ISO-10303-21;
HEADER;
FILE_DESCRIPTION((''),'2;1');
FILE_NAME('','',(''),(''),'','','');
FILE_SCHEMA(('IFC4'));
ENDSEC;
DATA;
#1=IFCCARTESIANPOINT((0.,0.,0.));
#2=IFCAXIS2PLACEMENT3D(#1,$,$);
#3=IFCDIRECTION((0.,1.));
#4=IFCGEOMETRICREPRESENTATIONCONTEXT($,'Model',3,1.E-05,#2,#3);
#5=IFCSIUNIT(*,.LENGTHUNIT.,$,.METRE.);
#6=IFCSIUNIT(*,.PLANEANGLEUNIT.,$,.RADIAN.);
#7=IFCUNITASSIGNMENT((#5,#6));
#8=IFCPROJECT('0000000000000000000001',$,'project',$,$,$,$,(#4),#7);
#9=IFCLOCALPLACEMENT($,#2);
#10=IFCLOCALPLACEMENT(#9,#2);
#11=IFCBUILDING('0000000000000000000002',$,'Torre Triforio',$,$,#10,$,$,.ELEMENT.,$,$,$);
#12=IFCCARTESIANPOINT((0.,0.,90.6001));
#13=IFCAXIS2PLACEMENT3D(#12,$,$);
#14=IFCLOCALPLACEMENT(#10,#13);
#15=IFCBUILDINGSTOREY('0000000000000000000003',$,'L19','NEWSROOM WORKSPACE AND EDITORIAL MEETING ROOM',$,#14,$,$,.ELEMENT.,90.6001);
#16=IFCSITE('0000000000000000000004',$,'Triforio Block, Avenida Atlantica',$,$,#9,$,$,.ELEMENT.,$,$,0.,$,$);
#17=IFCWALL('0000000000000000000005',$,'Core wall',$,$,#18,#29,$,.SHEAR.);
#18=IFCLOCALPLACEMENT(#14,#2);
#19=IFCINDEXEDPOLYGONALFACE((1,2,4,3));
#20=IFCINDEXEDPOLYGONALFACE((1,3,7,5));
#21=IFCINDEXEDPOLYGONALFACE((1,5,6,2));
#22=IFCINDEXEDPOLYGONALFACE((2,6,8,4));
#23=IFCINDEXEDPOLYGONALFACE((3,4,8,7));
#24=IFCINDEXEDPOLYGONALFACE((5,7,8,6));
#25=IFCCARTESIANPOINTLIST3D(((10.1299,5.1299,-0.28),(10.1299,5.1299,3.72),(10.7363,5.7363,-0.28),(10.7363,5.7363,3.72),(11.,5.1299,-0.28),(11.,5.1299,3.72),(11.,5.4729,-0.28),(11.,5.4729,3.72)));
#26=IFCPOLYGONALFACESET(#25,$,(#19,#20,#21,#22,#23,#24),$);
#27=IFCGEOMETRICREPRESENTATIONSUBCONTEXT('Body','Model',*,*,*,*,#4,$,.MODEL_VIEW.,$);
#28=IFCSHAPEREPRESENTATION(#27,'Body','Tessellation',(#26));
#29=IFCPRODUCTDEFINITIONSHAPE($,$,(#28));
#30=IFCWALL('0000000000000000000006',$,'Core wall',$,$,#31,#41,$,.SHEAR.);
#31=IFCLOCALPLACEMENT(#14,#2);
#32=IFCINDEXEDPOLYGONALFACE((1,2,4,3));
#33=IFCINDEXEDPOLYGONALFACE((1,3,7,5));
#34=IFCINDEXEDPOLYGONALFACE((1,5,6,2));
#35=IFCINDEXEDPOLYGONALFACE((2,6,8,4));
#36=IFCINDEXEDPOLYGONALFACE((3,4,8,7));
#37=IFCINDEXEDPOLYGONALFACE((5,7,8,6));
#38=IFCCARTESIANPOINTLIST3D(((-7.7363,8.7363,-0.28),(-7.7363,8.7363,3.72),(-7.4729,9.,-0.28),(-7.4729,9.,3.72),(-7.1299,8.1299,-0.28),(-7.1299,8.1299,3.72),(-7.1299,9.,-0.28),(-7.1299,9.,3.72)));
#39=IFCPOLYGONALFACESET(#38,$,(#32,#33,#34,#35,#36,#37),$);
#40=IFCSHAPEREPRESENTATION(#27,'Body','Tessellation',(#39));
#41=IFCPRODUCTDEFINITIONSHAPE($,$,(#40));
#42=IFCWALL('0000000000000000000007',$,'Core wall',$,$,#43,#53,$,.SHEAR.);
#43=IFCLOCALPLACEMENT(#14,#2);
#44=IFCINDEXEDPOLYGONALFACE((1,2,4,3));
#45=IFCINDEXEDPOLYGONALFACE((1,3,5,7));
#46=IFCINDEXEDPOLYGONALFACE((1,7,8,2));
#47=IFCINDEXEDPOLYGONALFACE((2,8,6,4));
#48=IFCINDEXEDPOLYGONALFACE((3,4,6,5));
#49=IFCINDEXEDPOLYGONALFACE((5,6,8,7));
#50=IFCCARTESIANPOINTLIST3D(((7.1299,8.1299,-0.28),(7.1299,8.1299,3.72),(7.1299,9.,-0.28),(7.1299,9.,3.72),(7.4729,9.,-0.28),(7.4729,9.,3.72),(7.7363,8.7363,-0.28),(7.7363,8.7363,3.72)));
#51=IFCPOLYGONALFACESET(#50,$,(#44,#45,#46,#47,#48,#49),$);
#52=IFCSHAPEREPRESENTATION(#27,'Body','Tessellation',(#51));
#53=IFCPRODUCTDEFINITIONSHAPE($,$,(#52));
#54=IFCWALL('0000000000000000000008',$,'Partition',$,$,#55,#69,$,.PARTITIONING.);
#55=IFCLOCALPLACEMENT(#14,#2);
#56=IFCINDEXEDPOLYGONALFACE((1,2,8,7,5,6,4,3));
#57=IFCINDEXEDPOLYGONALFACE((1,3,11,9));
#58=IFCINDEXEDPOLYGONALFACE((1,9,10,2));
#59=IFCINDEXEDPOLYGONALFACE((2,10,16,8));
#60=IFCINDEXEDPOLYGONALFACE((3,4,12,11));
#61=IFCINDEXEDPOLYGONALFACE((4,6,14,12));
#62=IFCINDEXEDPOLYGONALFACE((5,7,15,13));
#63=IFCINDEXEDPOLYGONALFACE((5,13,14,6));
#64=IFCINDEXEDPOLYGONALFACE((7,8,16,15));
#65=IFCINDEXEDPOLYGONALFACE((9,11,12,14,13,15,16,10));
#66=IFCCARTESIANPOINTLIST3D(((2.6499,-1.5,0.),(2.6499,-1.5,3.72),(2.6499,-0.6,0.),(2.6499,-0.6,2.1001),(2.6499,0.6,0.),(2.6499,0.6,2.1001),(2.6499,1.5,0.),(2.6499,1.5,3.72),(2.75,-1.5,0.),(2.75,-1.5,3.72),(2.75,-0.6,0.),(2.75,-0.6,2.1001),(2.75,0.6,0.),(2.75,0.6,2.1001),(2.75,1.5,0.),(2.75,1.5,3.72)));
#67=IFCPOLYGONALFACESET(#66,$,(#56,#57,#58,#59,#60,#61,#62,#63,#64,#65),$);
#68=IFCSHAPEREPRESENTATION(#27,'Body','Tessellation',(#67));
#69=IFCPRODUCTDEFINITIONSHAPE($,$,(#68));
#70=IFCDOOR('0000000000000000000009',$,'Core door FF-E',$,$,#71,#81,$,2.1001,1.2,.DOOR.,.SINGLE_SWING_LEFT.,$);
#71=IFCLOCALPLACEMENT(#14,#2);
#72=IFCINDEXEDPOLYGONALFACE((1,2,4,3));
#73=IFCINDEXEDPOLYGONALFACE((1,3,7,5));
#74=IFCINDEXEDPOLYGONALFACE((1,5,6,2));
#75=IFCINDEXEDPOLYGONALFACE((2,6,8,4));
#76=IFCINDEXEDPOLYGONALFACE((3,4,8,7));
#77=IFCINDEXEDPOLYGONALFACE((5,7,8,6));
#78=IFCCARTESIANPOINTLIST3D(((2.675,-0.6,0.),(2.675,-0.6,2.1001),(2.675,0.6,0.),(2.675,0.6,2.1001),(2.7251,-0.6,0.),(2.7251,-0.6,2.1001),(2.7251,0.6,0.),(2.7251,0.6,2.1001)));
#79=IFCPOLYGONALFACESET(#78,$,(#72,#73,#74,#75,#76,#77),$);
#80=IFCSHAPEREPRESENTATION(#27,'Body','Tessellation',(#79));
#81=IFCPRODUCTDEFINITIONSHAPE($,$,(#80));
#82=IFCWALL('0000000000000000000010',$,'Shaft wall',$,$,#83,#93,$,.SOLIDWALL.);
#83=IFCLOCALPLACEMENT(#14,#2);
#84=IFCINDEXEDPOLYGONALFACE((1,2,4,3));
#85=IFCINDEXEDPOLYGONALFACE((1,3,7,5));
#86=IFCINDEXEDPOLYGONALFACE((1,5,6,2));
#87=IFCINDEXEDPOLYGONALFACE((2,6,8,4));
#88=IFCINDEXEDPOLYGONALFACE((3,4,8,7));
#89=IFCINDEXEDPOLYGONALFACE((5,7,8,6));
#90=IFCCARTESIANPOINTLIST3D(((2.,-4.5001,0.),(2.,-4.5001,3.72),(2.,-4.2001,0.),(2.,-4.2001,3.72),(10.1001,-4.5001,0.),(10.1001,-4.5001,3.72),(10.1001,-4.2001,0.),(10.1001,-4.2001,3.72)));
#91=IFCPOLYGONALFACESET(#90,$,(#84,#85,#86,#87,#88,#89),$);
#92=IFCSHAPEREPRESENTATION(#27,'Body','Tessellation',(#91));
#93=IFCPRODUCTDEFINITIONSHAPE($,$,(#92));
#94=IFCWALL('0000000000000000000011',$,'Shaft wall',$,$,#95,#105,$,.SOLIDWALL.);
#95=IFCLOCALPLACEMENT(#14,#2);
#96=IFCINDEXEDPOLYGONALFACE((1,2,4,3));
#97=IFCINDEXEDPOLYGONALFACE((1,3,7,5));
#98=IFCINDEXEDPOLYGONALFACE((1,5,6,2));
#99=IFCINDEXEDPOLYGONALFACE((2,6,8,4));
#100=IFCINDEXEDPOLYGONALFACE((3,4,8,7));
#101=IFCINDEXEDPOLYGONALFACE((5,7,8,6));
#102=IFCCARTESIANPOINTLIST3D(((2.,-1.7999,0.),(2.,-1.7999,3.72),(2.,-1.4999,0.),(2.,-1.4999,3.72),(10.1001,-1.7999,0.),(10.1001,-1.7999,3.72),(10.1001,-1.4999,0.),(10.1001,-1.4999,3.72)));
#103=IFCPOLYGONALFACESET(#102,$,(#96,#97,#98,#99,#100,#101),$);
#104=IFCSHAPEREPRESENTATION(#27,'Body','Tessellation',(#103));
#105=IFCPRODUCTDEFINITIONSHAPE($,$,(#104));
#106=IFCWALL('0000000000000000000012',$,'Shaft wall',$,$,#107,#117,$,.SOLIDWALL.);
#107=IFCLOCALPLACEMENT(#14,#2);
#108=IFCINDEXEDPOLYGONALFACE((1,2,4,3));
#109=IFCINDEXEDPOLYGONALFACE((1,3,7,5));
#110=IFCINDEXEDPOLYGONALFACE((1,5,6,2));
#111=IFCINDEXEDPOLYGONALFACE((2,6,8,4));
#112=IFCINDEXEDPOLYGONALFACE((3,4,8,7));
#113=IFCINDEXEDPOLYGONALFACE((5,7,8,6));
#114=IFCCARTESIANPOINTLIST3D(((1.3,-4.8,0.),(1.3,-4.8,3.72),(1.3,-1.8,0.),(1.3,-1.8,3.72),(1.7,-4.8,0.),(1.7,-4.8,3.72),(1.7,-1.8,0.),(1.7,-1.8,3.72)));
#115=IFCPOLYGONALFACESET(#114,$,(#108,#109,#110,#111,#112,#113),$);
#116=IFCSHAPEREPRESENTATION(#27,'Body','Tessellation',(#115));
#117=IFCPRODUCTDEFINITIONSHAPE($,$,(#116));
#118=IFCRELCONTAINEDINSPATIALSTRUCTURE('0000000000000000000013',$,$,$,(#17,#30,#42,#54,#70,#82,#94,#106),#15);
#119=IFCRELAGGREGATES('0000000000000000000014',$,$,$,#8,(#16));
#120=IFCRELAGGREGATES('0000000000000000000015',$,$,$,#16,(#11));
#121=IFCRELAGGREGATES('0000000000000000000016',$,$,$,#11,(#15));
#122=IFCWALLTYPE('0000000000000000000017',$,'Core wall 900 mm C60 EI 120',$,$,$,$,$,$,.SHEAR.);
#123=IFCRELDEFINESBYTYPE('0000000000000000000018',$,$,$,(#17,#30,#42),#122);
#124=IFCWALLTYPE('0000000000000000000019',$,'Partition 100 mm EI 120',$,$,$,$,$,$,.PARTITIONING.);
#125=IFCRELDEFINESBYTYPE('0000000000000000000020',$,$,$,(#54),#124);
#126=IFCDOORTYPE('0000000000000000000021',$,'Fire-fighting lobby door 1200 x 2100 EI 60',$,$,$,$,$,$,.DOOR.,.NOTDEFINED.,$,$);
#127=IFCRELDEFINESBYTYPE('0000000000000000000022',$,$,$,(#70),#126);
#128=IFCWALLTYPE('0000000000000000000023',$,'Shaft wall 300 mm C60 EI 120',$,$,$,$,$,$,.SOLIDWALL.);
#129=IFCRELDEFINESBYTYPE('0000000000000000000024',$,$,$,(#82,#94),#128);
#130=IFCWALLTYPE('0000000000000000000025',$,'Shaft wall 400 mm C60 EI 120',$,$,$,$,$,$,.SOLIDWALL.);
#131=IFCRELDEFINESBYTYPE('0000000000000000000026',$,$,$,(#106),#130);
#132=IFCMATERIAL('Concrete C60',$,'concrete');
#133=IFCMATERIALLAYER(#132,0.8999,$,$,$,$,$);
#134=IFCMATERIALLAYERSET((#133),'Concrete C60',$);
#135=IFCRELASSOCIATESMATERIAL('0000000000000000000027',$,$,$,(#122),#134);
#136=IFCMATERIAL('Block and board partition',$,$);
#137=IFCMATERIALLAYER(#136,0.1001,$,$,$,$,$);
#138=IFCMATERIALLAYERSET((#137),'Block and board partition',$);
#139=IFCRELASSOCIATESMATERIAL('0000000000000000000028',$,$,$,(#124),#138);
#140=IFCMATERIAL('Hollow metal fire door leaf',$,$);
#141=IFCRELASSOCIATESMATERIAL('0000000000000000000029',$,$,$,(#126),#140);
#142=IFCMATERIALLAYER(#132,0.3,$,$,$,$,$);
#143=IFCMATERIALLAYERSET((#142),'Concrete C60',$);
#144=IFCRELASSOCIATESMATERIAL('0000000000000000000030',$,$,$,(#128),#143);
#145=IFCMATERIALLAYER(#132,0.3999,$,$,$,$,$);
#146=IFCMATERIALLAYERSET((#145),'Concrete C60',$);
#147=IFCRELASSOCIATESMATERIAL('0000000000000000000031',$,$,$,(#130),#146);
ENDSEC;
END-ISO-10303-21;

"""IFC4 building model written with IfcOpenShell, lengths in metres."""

from ifc_helpers import new_model, si_unit, direction, frame, frame_2d, origin, place, context, subcontext, project, spatial, polyline, rectangle, outline, extrude, material, layer, layer_set, type_object, element, fill, save


model = new_model("IFC4")

# Units and contexts
model_context = context("Model", 3, precision=1e-05, world=origin(), true_north=direction((0.0, 1.0)))
body_context = subcontext(model_context, "Body", "Model", "MODEL_VIEW")
ifc_project = project(units=[si_unit("LENGTHUNIT", "METRE"), si_unit("PLANEANGLEUNIT", "RADIAN")], contexts=[model_context])

# Site, building, storey
site_placement = place(None, origin())
site = spatial("IfcSite", under=ifc_project, at=site_placement, Name="Triforio Block, Avenida Atlantica", CompositionType="ELEMENT", RefElevation=0.0)
building_placement = place(site_placement, origin())
building = spatial("IfcBuilding", under=site, at=building_placement, Name="Torre Triforio", CompositionType="ELEMENT")
storey_placement = place(building_placement, frame((0.0, 0.0, 90.6001)))
storey = spatial("IfcBuildingStorey", under=building, at=storey_placement, Name="L19", Description="NEWSROOM WORKSPACE AND EDITORIAL MEETING ROOM", CompositionType="ELEMENT", Elevation=90.6001)

# Shared definitions
ifc_material_1 = material(Name="Concrete C60", Category="concrete")

# Walls
ifc_layer_1 = layer(ifc_material_1, 0.8999)
ifc_layer_set_1 = layer_set([ifc_layer_1], Name="Concrete C60")
wall_type_1 = type_object("IfcWallType", Name="Core wall 900 mm C60 EI 120", PredefinedType="SHEAR", material=ifc_layer_set_1)
wall_1_placement = place(storey_placement, frame((0.0, 0.0, -0.28)))
element("IfcWall", 1, at=wall_1_placement, inside=storey, type_object=wall_type_1, Name="Core wall", PredefinedType="SHEAR", context=body_context, shape_type="SweptSolid", body=[
    extrude(outline(polyline([(11.0, 5.4729), (11.0, 5.1299), (10.1299, 5.1299), (10.7363, 5.7363), (11.0, 5.4729)])), origin(), (0.0, 0.0, 1.0), 4.0),
])
wall_2_placement = place(storey_placement, frame((0.0, 0.0, -0.28)))
element("IfcWall", 2, at=wall_2_placement, inside=storey, type_object=wall_type_1, Name="Core wall", PredefinedType="SHEAR", context=body_context, shape_type="SweptSolid", body=[
    extrude(outline(polyline([(-7.4729, 9.0), (-7.1299, 9.0), (-7.1299, 8.1299), (-7.7363, 8.7363), (-7.4729, 9.0)])), origin(), (0.0, 0.0, 1.0), 4.0),
])
wall_3_placement = place(storey_placement, frame((0.0, 0.0, -0.28)))
element("IfcWall", 3, at=wall_3_placement, inside=storey, type_object=wall_type_1, Name="Core wall", PredefinedType="SHEAR", context=body_context, shape_type="SweptSolid", body=[
    extrude(outline(polyline([(7.4729, 9.0), (7.7363, 8.7363), (7.1299, 8.1299), (7.1299, 9.0), (7.4729, 9.0)])), origin(), (0.0, 0.0, 1.0), 4.0),
])

# Wall, opening, door
ifc_material_2 = material(Name="Block and board partition")
ifc_layer_2 = layer(ifc_material_2, 0.1001)
ifc_layer_set_2 = layer_set([ifc_layer_2], Name="Block and board partition")
wall_type_2 = type_object("IfcWallType", Name="Partition 100 mm EI 120", PredefinedType="PARTITIONING", material=ifc_layer_set_2)
wall_4_placement = place(storey_placement, frame((2.7, -1.5, 0.0), z_axis=(0.0, 0.0, 1.0), x_axis=(0.0, 1.0, 0.0)))
wall_4 = element("IfcWall", 4, at=wall_4_placement, inside=storey, type_object=wall_type_2, Name="Partition", PredefinedType="PARTITIONING", context=body_context, shape_type="SweptSolid", body=[
    extrude(rectangle(XDim=3.0, YDim=0.1001, at=frame_2d((1.5, 0.0))), origin(), (0.0, 0.0, 1.0), 3.72),
])
opening_placement = place(wall_4_placement, frame((0.8999, 0.0, 0.0)))
opening = element("IfcOpeningElement", 5, at=opening_placement, cuts=wall_4, PredefinedType="OPENING", context=body_context, shape_type="SweptSolid", body=[
    extrude(rectangle(XDim=1.2, YDim=2.1001, at=frame_2d((0.6001, 1.05))), frame((0.0, 0.0601, 0.0), z_axis=(0.0, -1.0, 0.0), x_axis=(1.0, 0.0, 0.0)), (0.0, 0.0, 1.0), 0.1201),
])
ifc_material_3 = material(Name="Hollow metal fire door leaf")
door_type = type_object("IfcDoorType", Name="Fire-fighting lobby door 1200 x 2100 EI 60", OperationType="NOTDEFINED", PredefinedType="DOOR", material=ifc_material_3)
door_placement = place(opening_placement, origin())
door = element("IfcDoor", 6, at=door_placement, inside=storey, type_object=door_type, Name="Core door FF-E", OperationType="SINGLE_SWING_LEFT", OverallHeight=2.1001, OverallWidth=1.2, PredefinedType="DOOR", context=body_context, shape_type="SweptSolid", body=[
    extrude(rectangle(XDim=1.2, YDim=2.1001, at=frame_2d((0.6001, 1.05))), frame((0.0, 0.0249, 0.0), z_axis=(0.0, -1.0, 0.0), x_axis=(1.0, 0.0, 0.0)), (0.0, 0.0, 1.0), 0.05),
])
fill(opening, door)

# Walls
ifc_layer_3 = layer(ifc_material_1, 0.3)
ifc_layer_set_3 = layer_set([ifc_layer_3], Name="Concrete C60")
wall_type_3 = type_object("IfcWallType", Name="Shaft wall 300 mm C60 EI 120", PredefinedType="SOLIDWALL", material=ifc_layer_set_3)
for number, where, z_axis, x_axis, name in (
    (7, (2.0, -4.3501, 0.0), (0.0, 0.0, 1.0), (1.0, 0.0, 0.0), "Shaft wall"),
    (8, (2.0, -1.6499, 0.0), (0.0, 0.0, 1.0), (1.0, 0.0, 0.0), "Shaft wall"),
):
    element("IfcWall", number, at=place(storey_placement, frame(where, z_axis=z_axis, x_axis=x_axis)), inside=storey, type_object=wall_type_3, Name=name, PredefinedType="SOLIDWALL", context=body_context, shape_type="SweptSolid", body=[
        extrude(rectangle(XDim=8.1001, YDim=0.3, at=frame_2d((4.05, 0.0))), origin(), (0.0, 0.0, 1.0), 3.72),
    ])
ifc_layer_4 = layer(ifc_material_1, 0.3999)
ifc_layer_set_4 = layer_set([ifc_layer_4], Name="Concrete C60")
wall_type_4 = type_object("IfcWallType", Name="Shaft wall 400 mm C60 EI 120", PredefinedType="SOLIDWALL", material=ifc_layer_set_4)
wall_5_placement = place(storey_placement, frame((1.5, -4.8, 0.0), z_axis=(0.0, 0.0, 1.0), x_axis=(0.0, 1.0, 0.0)))
element("IfcWall", 9, at=wall_5_placement, inside=storey, type_object=wall_type_4, Name="Shaft wall", PredefinedType="SOLIDWALL", context=body_context, shape_type="SweptSolid", body=[
    extrude(rectangle(XDim=3.0, YDim=0.3999, at=frame_2d((1.5, 0.0))), origin(), (0.0, 0.0, 1.0), 3.72),
])

save(model, "model.ifc")
